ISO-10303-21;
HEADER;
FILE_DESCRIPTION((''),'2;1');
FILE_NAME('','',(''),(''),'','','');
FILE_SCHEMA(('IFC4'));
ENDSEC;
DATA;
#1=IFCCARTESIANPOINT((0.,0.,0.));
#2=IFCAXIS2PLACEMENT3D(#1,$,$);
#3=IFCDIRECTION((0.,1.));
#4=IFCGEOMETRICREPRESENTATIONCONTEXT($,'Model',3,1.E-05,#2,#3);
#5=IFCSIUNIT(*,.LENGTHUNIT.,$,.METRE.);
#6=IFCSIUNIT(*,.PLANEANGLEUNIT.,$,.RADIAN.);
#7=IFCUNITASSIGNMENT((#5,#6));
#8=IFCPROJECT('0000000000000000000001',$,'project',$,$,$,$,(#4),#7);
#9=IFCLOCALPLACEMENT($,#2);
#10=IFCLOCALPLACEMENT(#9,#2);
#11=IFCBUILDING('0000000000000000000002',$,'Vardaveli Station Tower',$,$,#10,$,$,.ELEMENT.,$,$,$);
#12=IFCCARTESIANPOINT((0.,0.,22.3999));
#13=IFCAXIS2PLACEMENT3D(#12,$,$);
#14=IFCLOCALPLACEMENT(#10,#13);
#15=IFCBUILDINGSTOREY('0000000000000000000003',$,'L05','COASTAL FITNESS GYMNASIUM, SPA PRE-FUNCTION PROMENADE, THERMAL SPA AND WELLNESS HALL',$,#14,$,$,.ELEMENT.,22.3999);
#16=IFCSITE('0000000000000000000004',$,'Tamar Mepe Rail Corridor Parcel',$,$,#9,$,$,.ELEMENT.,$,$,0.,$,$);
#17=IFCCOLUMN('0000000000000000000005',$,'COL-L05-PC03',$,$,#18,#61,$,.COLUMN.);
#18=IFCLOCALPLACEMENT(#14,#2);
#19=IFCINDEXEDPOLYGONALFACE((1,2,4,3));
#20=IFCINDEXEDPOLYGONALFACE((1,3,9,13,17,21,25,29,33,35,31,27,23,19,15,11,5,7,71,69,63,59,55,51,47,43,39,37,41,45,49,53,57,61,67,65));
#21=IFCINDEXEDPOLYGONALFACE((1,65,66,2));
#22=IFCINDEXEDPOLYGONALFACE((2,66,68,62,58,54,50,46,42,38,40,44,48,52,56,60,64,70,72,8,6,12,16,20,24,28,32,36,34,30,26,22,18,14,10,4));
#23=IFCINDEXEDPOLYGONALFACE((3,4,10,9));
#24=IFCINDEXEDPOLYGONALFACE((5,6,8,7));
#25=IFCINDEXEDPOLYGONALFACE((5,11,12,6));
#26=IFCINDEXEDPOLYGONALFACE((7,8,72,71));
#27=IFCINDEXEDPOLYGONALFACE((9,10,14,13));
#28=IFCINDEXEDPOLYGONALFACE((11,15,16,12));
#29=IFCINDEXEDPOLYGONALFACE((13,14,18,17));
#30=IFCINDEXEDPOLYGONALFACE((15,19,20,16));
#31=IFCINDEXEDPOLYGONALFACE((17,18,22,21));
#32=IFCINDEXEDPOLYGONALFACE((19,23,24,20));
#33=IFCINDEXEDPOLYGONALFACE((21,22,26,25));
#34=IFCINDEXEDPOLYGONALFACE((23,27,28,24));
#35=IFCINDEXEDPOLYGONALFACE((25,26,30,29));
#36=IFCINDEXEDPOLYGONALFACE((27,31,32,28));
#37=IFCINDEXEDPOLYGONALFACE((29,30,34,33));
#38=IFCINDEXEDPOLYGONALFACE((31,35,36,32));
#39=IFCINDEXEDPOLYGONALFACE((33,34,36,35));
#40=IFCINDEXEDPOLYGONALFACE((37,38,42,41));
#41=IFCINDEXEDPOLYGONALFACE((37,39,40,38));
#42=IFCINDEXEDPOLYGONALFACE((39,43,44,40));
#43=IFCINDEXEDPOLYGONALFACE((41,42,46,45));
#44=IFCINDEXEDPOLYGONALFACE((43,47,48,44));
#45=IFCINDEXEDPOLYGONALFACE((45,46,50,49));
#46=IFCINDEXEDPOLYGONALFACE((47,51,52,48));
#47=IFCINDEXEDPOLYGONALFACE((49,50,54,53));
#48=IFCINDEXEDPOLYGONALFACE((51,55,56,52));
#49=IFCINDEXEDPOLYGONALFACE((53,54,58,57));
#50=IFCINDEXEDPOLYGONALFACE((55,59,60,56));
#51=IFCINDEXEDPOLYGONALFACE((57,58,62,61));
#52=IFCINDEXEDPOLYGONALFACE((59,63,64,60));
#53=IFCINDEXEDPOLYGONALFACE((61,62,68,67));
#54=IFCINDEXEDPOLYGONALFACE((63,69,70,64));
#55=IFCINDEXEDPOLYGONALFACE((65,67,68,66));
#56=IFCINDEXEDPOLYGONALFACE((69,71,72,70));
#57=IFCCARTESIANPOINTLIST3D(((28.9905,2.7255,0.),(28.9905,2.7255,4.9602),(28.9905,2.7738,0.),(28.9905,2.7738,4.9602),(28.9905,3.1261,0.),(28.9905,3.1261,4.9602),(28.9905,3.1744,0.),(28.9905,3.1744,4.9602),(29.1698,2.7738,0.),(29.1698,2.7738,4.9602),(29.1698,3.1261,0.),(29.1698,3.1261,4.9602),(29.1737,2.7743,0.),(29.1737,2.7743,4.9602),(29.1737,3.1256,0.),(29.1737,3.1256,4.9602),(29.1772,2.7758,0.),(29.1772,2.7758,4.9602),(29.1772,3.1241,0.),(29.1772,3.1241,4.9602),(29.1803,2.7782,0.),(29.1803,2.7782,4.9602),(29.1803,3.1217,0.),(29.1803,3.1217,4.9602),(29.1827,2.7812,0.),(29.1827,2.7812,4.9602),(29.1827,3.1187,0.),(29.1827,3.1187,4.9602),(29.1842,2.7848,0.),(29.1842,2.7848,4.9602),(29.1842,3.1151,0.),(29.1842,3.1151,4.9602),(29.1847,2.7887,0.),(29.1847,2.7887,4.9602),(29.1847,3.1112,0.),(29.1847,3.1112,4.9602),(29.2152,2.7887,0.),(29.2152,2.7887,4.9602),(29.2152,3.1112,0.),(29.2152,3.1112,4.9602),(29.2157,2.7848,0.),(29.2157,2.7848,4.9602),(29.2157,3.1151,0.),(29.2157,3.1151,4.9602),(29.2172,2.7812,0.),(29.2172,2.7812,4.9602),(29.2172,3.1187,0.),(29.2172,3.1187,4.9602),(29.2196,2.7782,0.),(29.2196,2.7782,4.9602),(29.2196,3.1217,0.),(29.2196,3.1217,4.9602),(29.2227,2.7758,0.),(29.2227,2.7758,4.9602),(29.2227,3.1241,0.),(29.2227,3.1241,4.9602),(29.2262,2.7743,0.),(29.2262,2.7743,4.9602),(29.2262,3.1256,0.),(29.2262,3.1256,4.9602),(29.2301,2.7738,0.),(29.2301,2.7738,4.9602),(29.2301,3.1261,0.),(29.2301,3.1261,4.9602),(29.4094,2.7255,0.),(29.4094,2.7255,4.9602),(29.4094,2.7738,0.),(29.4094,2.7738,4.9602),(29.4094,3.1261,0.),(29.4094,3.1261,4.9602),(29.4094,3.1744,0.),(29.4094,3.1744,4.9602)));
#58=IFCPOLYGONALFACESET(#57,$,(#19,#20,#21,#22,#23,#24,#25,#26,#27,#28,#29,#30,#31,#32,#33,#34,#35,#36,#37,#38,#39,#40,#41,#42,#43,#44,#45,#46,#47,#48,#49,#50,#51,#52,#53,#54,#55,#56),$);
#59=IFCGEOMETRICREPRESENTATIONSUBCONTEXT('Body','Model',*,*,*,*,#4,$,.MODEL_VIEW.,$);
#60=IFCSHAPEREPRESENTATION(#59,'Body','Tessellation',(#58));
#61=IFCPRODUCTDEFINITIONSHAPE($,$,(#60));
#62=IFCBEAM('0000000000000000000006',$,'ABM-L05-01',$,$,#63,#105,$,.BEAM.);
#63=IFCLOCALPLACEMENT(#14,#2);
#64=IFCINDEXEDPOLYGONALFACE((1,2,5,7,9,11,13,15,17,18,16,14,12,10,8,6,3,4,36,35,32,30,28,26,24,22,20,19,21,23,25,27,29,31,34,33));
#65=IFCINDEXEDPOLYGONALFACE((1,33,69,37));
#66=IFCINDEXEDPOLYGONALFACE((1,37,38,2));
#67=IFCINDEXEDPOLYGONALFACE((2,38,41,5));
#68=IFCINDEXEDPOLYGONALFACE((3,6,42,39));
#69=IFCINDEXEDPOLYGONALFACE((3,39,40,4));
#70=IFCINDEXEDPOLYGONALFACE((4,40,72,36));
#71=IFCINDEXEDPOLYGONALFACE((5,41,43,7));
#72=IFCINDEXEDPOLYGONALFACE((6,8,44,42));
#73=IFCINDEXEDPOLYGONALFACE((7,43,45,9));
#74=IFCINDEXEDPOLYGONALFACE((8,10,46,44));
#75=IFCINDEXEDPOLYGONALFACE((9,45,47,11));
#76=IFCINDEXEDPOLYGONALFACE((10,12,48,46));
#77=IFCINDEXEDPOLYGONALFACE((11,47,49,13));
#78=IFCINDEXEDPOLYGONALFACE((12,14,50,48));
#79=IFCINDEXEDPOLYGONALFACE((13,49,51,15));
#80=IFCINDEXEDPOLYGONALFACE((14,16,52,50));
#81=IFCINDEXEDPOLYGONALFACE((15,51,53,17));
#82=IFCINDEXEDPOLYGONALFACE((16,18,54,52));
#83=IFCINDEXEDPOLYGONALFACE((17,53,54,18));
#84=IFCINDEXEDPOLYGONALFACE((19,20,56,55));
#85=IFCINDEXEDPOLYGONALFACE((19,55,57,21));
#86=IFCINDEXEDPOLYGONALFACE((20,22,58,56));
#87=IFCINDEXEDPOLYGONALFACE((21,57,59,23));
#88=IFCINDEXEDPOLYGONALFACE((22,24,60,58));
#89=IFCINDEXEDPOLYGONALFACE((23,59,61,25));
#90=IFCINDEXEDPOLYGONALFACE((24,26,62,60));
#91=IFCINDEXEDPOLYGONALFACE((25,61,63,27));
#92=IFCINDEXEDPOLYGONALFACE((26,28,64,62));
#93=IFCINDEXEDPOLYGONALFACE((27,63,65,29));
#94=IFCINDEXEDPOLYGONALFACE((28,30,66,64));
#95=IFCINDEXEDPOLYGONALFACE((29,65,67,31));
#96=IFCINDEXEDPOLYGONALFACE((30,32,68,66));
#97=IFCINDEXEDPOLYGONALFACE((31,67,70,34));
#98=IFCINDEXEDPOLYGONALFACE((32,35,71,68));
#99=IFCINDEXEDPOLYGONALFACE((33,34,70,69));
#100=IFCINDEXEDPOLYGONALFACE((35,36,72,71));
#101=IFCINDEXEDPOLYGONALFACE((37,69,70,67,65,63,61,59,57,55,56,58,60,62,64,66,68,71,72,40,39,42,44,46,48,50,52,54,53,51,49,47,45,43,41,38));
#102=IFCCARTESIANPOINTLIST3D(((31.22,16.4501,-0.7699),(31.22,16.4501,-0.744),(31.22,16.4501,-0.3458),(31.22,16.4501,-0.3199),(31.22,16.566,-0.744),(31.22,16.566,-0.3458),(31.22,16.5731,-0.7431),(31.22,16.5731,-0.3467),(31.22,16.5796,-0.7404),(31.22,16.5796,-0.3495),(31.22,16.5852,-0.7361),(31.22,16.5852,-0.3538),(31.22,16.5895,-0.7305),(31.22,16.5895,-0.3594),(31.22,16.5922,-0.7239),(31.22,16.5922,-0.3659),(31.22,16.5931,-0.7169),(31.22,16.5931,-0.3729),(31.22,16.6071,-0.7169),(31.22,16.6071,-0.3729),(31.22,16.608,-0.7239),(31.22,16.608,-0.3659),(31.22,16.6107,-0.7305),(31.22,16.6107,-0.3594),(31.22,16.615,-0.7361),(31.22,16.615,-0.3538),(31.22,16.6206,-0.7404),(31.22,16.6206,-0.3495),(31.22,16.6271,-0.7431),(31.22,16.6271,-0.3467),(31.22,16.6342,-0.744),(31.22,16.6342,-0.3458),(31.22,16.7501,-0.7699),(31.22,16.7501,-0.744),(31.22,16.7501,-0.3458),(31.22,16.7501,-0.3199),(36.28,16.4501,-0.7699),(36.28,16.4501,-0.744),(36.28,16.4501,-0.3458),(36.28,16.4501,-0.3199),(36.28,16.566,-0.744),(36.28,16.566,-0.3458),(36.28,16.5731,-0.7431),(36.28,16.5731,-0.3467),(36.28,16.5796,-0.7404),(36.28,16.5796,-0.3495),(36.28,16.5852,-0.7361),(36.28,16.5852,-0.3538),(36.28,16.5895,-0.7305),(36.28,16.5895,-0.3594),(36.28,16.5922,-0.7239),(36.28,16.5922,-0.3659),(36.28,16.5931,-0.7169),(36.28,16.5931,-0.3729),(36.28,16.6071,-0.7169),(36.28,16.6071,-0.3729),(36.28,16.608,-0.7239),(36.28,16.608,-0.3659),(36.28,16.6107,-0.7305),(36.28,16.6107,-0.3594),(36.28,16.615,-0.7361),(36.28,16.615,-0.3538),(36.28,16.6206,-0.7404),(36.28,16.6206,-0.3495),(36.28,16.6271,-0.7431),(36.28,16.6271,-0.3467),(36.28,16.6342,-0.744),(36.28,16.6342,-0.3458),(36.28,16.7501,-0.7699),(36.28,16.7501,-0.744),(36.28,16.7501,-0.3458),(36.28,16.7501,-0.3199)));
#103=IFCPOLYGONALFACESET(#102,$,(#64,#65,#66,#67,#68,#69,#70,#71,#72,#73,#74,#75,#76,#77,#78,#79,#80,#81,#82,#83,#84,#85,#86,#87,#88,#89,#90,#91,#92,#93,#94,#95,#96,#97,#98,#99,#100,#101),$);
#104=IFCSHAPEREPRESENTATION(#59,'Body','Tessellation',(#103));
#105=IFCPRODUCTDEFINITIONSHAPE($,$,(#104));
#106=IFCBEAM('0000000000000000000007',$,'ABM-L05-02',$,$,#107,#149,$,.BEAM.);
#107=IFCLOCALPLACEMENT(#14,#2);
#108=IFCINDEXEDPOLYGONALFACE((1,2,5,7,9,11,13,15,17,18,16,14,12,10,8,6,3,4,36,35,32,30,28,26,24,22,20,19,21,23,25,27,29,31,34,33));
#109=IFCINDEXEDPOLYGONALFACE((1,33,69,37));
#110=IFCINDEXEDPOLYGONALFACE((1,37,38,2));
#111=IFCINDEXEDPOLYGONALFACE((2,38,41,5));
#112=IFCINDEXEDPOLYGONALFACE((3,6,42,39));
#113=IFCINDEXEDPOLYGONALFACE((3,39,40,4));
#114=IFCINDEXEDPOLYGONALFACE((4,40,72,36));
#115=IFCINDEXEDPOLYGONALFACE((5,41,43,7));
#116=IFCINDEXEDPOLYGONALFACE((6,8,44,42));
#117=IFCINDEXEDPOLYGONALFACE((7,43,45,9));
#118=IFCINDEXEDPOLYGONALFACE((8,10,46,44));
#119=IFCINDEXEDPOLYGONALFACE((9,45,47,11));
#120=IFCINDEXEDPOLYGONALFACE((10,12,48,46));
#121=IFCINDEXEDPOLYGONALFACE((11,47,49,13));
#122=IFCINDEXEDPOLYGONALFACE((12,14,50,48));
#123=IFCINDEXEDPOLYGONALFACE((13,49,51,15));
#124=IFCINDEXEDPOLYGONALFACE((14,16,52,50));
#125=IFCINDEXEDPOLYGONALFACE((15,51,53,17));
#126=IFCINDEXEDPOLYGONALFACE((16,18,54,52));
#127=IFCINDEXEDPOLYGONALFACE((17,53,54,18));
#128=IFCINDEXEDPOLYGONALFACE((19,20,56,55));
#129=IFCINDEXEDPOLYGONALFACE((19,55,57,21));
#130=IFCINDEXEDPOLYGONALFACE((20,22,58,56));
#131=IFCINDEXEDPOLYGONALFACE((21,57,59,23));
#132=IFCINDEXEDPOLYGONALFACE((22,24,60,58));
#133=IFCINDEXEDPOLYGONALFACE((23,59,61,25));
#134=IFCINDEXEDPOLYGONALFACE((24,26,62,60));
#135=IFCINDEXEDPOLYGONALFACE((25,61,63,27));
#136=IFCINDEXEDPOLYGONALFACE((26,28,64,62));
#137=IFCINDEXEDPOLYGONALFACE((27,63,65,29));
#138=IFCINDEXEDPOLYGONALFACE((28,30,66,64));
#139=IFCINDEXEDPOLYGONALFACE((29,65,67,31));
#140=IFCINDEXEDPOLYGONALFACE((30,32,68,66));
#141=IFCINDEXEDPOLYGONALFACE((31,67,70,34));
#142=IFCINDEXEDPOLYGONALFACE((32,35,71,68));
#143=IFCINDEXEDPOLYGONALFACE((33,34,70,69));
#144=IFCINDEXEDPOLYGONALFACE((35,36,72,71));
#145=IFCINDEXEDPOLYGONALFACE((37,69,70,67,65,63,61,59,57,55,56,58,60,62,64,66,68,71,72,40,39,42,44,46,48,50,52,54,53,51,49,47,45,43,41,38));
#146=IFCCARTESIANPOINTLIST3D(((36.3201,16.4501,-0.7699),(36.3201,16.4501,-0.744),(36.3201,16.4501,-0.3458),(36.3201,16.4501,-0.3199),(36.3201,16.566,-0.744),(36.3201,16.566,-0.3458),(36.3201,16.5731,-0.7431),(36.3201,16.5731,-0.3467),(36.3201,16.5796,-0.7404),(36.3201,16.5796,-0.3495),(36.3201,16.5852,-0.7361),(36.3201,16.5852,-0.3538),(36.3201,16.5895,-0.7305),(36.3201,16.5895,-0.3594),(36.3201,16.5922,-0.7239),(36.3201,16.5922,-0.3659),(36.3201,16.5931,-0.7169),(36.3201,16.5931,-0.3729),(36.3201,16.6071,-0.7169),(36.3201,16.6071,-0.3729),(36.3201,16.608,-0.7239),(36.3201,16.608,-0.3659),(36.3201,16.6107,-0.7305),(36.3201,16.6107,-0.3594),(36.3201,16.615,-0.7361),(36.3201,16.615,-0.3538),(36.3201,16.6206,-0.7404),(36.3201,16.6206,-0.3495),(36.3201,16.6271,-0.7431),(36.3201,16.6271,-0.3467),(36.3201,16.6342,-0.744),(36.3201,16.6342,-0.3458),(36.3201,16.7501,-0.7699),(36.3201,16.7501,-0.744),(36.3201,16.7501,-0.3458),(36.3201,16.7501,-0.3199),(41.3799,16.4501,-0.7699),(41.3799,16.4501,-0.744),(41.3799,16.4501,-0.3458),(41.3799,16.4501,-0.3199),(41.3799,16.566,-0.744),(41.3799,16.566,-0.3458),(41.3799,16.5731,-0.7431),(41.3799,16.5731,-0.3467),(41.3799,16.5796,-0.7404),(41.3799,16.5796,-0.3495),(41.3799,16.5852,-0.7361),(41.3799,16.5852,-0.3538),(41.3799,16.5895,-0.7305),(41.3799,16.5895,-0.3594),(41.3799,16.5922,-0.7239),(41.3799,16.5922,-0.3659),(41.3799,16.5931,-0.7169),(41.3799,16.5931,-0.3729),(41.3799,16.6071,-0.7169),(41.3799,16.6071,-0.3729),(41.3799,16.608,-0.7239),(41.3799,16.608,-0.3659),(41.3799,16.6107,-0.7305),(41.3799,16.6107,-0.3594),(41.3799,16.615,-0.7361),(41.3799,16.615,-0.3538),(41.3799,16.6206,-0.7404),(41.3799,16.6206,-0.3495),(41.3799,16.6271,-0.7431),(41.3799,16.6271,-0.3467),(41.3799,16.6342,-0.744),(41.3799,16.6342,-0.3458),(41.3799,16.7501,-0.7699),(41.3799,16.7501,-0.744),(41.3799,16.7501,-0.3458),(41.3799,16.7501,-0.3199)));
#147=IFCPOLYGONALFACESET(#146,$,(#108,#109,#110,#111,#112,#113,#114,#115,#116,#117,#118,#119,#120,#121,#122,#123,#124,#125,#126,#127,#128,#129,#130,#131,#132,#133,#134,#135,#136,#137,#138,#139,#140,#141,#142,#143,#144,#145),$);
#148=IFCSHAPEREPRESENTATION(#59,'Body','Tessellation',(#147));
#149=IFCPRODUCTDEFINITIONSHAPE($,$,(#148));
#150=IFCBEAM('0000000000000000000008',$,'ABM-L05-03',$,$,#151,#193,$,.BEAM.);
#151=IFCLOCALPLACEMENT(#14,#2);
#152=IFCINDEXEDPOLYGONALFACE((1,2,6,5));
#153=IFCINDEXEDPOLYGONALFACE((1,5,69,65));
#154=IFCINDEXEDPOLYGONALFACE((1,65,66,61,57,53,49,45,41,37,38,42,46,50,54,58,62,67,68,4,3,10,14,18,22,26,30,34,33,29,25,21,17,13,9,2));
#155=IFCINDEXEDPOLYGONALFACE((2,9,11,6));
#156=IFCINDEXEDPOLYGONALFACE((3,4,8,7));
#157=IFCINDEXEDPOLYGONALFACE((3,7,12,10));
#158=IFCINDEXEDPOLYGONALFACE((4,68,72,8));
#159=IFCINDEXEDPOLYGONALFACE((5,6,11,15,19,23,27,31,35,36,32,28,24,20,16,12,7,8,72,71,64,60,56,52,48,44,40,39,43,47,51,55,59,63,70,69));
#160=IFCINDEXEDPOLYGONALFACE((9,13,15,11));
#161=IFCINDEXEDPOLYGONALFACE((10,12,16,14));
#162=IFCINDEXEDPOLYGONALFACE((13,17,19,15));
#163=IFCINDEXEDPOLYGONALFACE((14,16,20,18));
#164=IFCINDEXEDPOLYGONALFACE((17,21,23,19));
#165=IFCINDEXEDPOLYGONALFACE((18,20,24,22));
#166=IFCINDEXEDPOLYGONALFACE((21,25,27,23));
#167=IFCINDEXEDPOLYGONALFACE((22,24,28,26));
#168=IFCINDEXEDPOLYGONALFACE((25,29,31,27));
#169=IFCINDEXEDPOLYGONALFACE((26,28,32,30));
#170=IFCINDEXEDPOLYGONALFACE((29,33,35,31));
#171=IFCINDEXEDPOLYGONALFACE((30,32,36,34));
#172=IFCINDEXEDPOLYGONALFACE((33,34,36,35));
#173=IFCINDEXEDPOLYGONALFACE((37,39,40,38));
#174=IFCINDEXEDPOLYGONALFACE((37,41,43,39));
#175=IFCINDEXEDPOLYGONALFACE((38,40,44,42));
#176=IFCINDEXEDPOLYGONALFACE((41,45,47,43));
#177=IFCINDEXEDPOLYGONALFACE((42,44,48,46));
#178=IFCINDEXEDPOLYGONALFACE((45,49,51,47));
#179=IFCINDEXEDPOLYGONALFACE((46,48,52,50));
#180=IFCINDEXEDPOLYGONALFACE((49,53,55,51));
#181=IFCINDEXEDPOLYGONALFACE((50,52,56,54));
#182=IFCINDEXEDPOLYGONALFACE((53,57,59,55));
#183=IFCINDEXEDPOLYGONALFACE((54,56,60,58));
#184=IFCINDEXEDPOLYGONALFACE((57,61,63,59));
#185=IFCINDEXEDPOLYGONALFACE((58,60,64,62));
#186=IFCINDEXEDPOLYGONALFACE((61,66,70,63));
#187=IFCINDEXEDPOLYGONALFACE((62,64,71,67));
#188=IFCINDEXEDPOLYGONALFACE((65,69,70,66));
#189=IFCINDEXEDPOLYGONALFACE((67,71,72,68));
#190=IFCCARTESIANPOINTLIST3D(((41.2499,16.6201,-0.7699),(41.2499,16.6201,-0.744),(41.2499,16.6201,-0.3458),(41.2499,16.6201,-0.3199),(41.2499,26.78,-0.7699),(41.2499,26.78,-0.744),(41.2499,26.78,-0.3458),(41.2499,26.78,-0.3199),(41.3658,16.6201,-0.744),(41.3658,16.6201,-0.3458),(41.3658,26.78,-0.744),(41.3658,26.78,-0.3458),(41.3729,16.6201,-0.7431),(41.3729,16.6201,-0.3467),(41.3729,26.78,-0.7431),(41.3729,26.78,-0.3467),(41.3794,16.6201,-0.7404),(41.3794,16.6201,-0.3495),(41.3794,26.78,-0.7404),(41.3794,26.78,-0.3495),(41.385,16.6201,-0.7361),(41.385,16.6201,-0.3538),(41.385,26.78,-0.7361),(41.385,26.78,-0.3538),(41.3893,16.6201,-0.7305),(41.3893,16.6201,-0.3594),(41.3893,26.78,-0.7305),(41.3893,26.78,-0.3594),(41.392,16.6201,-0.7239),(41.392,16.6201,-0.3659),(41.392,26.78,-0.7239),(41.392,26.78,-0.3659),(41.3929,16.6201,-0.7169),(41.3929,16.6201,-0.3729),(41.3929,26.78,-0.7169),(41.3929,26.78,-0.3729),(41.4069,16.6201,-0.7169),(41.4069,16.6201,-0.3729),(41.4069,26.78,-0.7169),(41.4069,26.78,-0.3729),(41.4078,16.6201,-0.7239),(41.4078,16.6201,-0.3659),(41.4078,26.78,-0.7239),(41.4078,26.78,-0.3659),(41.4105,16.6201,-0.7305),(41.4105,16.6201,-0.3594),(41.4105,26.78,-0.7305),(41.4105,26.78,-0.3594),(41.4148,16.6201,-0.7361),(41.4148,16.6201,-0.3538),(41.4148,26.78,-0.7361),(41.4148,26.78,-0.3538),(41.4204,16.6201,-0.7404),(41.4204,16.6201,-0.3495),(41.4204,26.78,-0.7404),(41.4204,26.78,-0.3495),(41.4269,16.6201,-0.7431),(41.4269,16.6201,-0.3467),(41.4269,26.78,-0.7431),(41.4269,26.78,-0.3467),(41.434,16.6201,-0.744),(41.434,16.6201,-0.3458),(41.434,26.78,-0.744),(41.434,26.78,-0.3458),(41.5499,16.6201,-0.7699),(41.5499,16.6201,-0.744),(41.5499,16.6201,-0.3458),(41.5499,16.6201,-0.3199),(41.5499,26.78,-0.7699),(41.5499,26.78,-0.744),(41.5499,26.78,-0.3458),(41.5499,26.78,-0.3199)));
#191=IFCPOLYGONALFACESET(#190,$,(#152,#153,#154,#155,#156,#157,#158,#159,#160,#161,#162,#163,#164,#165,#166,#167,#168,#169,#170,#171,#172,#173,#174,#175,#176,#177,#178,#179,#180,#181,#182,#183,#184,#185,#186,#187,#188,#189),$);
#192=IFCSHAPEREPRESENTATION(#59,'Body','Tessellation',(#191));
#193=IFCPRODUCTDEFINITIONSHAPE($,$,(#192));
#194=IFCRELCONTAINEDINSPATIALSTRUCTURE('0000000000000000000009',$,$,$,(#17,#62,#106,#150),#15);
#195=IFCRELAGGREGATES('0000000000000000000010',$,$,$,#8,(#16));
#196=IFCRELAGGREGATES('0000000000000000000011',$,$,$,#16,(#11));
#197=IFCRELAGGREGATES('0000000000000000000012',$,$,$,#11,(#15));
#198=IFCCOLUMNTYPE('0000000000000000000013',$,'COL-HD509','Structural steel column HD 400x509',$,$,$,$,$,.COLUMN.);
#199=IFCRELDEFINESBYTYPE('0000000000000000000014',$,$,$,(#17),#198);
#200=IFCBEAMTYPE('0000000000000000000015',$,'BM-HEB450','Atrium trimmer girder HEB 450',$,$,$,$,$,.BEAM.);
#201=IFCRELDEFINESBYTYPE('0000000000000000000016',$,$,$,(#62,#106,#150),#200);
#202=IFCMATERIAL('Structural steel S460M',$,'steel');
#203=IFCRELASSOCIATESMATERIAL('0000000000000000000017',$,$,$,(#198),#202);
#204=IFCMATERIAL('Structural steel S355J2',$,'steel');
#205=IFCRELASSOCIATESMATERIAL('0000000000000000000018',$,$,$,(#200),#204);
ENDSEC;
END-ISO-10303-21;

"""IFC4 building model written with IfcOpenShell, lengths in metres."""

from ifc_helpers import new_model, si_unit, direction, frame, origin, origin_2d, place, context, subcontext, project, spatial, i_section, extrude, source, transform, mapped, material, material_profile, profile_set, type_object, element, save


model = new_model("IFC4")

# Units and contexts
model_context = context("Model", 3, precision=1e-05, world=origin(), true_north=direction((0.0, 1.0)))
body_context = subcontext(model_context, "Body", "Model", "MODEL_VIEW")
ifc_project = project(units=[si_unit("LENGTHUNIT", "METRE"), si_unit("PLANEANGLEUNIT", "RADIAN")], contexts=[model_context])

# Site, building, storey
site_placement = place(None, origin())
site = spatial("IfcSite", under=ifc_project, at=site_placement, Name="Tamar Mepe Rail Corridor Parcel", CompositionType="ELEMENT", RefElevation=0.0)
building_placement = place(site_placement, origin())
building = spatial("IfcBuilding", under=site, at=building_placement, Name="Vardaveli Station Tower", CompositionType="ELEMENT")
storey_placement = place(building_placement, frame((0.0, 0.0, 22.3999)))
storey = spatial("IfcBuildingStorey", under=building, at=storey_placement, Name="L05", Description="COASTAL FITNESS GYMNASIUM, SPA PRE-FUNCTION PROMENADE, THERMAL SPA AND WELLNESS HALL", CompositionType="ELEMENT", Elevation=22.3999)

# Column
ifc_material_1 = material(Name="Structural steel S460M", Category="steel")
ifc_material_profile_1 = material_profile(ifc_material_1, i_section(OverallWidth=0.4189, OverallDepth=0.449, WebThickness=0.0305, FlangeThickness=0.0483, FilletRadius=0.0149, at=origin_2d()), Name="HD 400x509")
ifc_profile_set_1 = profile_set([ifc_material_profile_1], Name="Structural steel S460M")
column_type_1 = type_object("IfcColumnType", Name="COL-HD509", Description="Structural steel column HD 400x509", PredefinedType="COLUMN", material=ifc_profile_set_1)
shared_shape_1 = source(origin(), body_context, "Body", "SweptSolid", [
    extrude(i_section(OverallWidth=0.4189, OverallDepth=0.449, WebThickness=0.0305, FlangeThickness=0.0483, FilletRadius=0.0149, at=origin_2d()), origin(), (0.0, 0.0, 1.0), 4.9602),
])
column_1_placement = place(storey_placement, frame((29.2, 2.95, 0.0), z_axis=(0.0, 0.0, 1.0), x_axis=(1.0, 0.0, 0.0)))
element("IfcColumn", 1, at=column_1_placement, inside=storey, type_object=column_type_1, Name="COL-L05-PC03", PredefinedType="COLUMN", context=body_context, shape_type="MappedRepresentation", body=[
    mapped(shared_shape_1, transform((0.0, 0.0, 0.0), scale=1.0)),
])

# Beams
ifc_material_2 = material(Name="Structural steel S355J2", Category="steel")
ifc_material_profile_2 = material_profile(ifc_material_2, i_section(OverallWidth=0.3, OverallDepth=0.45, WebThickness=0.0139, FlangeThickness=0.0259, FilletRadius=0.0271, at=origin_2d()), Name="HEB 450")
ifc_profile_set_2 = profile_set([ifc_material_profile_2], Name="Structural steel S355J2")
beam_type = type_object("IfcBeamType", Name="BM-HEB450", Description="Atrium trimmer girder HEB 450", PredefinedType="BEAM", material=ifc_profile_set_2)
shared_shape_2 = source(origin(), body_context, "Body", "SweptSolid", [
    extrude(i_section(OverallWidth=0.3, OverallDepth=0.45, WebThickness=0.0139, FlangeThickness=0.0259, FilletRadius=0.0271, at=origin_2d()), origin(), (0.0, 0.0, 1.0), 5.0601),
])
beam_1_placement = place(storey_placement, frame((31.22, 16.6001, -0.5449), z_axis=(1.0, 0.0, 0.0), x_axis=(0.0, 1.0, 0.0)))
element("IfcBeam", 2, at=beam_1_placement, inside=storey, type_object=beam_type, Name="ABM-L05-01", PredefinedType="BEAM", context=body_context, shape_type="MappedRepresentation", body=[
    mapped(shared_shape_2, transform((0.0, 0.0, 0.0), scale=1.0)),
])
shared_shape_3 = source(origin(), body_context, "Body", "SweptSolid", [
    extrude(i_section(OverallWidth=0.3, OverallDepth=0.45, WebThickness=0.0139, FlangeThickness=0.0259, FilletRadius=0.0271, at=origin_2d()), origin(), (0.0, 0.0, 1.0), 5.0598),
])
beam_2_placement = place(storey_placement, frame((36.3201, 16.6001, -0.5449), z_axis=(1.0, 0.0, 0.0), x_axis=(0.0, 1.0, 0.0)))
element("IfcBeam", 3, at=beam_2_placement, inside=storey, type_object=beam_type, Name="ABM-L05-02", PredefinedType="BEAM", context=body_context, shape_type="MappedRepresentation", body=[
    mapped(shared_shape_3, transform((0.0, 0.0, 0.0), scale=1.0)),
])
shared_shape_4 = source(origin(), body_context, "Body", "SweptSolid", [
    extrude(i_section(OverallWidth=0.3, OverallDepth=0.45, WebThickness=0.0139, FlangeThickness=0.0259, FilletRadius=0.0271, at=origin_2d()), origin(), (0.0, 0.0, 1.0), 10.1599),
])
beam_3_placement = place(storey_placement, frame((41.3999, 16.6201, -0.5449), z_axis=(0.0, 1.0, 0.0), x_axis=(-1.0, 0.0, 0.0)))
element("IfcBeam", 4, at=beam_3_placement, inside=storey, type_object=beam_type, Name="ABM-L05-03", PredefinedType="BEAM", context=body_context, shape_type="MappedRepresentation", body=[
    mapped(shared_shape_4, transform((0.0, 0.0, 0.0), scale=1.0)),
])

save(model, "model.ifc")
